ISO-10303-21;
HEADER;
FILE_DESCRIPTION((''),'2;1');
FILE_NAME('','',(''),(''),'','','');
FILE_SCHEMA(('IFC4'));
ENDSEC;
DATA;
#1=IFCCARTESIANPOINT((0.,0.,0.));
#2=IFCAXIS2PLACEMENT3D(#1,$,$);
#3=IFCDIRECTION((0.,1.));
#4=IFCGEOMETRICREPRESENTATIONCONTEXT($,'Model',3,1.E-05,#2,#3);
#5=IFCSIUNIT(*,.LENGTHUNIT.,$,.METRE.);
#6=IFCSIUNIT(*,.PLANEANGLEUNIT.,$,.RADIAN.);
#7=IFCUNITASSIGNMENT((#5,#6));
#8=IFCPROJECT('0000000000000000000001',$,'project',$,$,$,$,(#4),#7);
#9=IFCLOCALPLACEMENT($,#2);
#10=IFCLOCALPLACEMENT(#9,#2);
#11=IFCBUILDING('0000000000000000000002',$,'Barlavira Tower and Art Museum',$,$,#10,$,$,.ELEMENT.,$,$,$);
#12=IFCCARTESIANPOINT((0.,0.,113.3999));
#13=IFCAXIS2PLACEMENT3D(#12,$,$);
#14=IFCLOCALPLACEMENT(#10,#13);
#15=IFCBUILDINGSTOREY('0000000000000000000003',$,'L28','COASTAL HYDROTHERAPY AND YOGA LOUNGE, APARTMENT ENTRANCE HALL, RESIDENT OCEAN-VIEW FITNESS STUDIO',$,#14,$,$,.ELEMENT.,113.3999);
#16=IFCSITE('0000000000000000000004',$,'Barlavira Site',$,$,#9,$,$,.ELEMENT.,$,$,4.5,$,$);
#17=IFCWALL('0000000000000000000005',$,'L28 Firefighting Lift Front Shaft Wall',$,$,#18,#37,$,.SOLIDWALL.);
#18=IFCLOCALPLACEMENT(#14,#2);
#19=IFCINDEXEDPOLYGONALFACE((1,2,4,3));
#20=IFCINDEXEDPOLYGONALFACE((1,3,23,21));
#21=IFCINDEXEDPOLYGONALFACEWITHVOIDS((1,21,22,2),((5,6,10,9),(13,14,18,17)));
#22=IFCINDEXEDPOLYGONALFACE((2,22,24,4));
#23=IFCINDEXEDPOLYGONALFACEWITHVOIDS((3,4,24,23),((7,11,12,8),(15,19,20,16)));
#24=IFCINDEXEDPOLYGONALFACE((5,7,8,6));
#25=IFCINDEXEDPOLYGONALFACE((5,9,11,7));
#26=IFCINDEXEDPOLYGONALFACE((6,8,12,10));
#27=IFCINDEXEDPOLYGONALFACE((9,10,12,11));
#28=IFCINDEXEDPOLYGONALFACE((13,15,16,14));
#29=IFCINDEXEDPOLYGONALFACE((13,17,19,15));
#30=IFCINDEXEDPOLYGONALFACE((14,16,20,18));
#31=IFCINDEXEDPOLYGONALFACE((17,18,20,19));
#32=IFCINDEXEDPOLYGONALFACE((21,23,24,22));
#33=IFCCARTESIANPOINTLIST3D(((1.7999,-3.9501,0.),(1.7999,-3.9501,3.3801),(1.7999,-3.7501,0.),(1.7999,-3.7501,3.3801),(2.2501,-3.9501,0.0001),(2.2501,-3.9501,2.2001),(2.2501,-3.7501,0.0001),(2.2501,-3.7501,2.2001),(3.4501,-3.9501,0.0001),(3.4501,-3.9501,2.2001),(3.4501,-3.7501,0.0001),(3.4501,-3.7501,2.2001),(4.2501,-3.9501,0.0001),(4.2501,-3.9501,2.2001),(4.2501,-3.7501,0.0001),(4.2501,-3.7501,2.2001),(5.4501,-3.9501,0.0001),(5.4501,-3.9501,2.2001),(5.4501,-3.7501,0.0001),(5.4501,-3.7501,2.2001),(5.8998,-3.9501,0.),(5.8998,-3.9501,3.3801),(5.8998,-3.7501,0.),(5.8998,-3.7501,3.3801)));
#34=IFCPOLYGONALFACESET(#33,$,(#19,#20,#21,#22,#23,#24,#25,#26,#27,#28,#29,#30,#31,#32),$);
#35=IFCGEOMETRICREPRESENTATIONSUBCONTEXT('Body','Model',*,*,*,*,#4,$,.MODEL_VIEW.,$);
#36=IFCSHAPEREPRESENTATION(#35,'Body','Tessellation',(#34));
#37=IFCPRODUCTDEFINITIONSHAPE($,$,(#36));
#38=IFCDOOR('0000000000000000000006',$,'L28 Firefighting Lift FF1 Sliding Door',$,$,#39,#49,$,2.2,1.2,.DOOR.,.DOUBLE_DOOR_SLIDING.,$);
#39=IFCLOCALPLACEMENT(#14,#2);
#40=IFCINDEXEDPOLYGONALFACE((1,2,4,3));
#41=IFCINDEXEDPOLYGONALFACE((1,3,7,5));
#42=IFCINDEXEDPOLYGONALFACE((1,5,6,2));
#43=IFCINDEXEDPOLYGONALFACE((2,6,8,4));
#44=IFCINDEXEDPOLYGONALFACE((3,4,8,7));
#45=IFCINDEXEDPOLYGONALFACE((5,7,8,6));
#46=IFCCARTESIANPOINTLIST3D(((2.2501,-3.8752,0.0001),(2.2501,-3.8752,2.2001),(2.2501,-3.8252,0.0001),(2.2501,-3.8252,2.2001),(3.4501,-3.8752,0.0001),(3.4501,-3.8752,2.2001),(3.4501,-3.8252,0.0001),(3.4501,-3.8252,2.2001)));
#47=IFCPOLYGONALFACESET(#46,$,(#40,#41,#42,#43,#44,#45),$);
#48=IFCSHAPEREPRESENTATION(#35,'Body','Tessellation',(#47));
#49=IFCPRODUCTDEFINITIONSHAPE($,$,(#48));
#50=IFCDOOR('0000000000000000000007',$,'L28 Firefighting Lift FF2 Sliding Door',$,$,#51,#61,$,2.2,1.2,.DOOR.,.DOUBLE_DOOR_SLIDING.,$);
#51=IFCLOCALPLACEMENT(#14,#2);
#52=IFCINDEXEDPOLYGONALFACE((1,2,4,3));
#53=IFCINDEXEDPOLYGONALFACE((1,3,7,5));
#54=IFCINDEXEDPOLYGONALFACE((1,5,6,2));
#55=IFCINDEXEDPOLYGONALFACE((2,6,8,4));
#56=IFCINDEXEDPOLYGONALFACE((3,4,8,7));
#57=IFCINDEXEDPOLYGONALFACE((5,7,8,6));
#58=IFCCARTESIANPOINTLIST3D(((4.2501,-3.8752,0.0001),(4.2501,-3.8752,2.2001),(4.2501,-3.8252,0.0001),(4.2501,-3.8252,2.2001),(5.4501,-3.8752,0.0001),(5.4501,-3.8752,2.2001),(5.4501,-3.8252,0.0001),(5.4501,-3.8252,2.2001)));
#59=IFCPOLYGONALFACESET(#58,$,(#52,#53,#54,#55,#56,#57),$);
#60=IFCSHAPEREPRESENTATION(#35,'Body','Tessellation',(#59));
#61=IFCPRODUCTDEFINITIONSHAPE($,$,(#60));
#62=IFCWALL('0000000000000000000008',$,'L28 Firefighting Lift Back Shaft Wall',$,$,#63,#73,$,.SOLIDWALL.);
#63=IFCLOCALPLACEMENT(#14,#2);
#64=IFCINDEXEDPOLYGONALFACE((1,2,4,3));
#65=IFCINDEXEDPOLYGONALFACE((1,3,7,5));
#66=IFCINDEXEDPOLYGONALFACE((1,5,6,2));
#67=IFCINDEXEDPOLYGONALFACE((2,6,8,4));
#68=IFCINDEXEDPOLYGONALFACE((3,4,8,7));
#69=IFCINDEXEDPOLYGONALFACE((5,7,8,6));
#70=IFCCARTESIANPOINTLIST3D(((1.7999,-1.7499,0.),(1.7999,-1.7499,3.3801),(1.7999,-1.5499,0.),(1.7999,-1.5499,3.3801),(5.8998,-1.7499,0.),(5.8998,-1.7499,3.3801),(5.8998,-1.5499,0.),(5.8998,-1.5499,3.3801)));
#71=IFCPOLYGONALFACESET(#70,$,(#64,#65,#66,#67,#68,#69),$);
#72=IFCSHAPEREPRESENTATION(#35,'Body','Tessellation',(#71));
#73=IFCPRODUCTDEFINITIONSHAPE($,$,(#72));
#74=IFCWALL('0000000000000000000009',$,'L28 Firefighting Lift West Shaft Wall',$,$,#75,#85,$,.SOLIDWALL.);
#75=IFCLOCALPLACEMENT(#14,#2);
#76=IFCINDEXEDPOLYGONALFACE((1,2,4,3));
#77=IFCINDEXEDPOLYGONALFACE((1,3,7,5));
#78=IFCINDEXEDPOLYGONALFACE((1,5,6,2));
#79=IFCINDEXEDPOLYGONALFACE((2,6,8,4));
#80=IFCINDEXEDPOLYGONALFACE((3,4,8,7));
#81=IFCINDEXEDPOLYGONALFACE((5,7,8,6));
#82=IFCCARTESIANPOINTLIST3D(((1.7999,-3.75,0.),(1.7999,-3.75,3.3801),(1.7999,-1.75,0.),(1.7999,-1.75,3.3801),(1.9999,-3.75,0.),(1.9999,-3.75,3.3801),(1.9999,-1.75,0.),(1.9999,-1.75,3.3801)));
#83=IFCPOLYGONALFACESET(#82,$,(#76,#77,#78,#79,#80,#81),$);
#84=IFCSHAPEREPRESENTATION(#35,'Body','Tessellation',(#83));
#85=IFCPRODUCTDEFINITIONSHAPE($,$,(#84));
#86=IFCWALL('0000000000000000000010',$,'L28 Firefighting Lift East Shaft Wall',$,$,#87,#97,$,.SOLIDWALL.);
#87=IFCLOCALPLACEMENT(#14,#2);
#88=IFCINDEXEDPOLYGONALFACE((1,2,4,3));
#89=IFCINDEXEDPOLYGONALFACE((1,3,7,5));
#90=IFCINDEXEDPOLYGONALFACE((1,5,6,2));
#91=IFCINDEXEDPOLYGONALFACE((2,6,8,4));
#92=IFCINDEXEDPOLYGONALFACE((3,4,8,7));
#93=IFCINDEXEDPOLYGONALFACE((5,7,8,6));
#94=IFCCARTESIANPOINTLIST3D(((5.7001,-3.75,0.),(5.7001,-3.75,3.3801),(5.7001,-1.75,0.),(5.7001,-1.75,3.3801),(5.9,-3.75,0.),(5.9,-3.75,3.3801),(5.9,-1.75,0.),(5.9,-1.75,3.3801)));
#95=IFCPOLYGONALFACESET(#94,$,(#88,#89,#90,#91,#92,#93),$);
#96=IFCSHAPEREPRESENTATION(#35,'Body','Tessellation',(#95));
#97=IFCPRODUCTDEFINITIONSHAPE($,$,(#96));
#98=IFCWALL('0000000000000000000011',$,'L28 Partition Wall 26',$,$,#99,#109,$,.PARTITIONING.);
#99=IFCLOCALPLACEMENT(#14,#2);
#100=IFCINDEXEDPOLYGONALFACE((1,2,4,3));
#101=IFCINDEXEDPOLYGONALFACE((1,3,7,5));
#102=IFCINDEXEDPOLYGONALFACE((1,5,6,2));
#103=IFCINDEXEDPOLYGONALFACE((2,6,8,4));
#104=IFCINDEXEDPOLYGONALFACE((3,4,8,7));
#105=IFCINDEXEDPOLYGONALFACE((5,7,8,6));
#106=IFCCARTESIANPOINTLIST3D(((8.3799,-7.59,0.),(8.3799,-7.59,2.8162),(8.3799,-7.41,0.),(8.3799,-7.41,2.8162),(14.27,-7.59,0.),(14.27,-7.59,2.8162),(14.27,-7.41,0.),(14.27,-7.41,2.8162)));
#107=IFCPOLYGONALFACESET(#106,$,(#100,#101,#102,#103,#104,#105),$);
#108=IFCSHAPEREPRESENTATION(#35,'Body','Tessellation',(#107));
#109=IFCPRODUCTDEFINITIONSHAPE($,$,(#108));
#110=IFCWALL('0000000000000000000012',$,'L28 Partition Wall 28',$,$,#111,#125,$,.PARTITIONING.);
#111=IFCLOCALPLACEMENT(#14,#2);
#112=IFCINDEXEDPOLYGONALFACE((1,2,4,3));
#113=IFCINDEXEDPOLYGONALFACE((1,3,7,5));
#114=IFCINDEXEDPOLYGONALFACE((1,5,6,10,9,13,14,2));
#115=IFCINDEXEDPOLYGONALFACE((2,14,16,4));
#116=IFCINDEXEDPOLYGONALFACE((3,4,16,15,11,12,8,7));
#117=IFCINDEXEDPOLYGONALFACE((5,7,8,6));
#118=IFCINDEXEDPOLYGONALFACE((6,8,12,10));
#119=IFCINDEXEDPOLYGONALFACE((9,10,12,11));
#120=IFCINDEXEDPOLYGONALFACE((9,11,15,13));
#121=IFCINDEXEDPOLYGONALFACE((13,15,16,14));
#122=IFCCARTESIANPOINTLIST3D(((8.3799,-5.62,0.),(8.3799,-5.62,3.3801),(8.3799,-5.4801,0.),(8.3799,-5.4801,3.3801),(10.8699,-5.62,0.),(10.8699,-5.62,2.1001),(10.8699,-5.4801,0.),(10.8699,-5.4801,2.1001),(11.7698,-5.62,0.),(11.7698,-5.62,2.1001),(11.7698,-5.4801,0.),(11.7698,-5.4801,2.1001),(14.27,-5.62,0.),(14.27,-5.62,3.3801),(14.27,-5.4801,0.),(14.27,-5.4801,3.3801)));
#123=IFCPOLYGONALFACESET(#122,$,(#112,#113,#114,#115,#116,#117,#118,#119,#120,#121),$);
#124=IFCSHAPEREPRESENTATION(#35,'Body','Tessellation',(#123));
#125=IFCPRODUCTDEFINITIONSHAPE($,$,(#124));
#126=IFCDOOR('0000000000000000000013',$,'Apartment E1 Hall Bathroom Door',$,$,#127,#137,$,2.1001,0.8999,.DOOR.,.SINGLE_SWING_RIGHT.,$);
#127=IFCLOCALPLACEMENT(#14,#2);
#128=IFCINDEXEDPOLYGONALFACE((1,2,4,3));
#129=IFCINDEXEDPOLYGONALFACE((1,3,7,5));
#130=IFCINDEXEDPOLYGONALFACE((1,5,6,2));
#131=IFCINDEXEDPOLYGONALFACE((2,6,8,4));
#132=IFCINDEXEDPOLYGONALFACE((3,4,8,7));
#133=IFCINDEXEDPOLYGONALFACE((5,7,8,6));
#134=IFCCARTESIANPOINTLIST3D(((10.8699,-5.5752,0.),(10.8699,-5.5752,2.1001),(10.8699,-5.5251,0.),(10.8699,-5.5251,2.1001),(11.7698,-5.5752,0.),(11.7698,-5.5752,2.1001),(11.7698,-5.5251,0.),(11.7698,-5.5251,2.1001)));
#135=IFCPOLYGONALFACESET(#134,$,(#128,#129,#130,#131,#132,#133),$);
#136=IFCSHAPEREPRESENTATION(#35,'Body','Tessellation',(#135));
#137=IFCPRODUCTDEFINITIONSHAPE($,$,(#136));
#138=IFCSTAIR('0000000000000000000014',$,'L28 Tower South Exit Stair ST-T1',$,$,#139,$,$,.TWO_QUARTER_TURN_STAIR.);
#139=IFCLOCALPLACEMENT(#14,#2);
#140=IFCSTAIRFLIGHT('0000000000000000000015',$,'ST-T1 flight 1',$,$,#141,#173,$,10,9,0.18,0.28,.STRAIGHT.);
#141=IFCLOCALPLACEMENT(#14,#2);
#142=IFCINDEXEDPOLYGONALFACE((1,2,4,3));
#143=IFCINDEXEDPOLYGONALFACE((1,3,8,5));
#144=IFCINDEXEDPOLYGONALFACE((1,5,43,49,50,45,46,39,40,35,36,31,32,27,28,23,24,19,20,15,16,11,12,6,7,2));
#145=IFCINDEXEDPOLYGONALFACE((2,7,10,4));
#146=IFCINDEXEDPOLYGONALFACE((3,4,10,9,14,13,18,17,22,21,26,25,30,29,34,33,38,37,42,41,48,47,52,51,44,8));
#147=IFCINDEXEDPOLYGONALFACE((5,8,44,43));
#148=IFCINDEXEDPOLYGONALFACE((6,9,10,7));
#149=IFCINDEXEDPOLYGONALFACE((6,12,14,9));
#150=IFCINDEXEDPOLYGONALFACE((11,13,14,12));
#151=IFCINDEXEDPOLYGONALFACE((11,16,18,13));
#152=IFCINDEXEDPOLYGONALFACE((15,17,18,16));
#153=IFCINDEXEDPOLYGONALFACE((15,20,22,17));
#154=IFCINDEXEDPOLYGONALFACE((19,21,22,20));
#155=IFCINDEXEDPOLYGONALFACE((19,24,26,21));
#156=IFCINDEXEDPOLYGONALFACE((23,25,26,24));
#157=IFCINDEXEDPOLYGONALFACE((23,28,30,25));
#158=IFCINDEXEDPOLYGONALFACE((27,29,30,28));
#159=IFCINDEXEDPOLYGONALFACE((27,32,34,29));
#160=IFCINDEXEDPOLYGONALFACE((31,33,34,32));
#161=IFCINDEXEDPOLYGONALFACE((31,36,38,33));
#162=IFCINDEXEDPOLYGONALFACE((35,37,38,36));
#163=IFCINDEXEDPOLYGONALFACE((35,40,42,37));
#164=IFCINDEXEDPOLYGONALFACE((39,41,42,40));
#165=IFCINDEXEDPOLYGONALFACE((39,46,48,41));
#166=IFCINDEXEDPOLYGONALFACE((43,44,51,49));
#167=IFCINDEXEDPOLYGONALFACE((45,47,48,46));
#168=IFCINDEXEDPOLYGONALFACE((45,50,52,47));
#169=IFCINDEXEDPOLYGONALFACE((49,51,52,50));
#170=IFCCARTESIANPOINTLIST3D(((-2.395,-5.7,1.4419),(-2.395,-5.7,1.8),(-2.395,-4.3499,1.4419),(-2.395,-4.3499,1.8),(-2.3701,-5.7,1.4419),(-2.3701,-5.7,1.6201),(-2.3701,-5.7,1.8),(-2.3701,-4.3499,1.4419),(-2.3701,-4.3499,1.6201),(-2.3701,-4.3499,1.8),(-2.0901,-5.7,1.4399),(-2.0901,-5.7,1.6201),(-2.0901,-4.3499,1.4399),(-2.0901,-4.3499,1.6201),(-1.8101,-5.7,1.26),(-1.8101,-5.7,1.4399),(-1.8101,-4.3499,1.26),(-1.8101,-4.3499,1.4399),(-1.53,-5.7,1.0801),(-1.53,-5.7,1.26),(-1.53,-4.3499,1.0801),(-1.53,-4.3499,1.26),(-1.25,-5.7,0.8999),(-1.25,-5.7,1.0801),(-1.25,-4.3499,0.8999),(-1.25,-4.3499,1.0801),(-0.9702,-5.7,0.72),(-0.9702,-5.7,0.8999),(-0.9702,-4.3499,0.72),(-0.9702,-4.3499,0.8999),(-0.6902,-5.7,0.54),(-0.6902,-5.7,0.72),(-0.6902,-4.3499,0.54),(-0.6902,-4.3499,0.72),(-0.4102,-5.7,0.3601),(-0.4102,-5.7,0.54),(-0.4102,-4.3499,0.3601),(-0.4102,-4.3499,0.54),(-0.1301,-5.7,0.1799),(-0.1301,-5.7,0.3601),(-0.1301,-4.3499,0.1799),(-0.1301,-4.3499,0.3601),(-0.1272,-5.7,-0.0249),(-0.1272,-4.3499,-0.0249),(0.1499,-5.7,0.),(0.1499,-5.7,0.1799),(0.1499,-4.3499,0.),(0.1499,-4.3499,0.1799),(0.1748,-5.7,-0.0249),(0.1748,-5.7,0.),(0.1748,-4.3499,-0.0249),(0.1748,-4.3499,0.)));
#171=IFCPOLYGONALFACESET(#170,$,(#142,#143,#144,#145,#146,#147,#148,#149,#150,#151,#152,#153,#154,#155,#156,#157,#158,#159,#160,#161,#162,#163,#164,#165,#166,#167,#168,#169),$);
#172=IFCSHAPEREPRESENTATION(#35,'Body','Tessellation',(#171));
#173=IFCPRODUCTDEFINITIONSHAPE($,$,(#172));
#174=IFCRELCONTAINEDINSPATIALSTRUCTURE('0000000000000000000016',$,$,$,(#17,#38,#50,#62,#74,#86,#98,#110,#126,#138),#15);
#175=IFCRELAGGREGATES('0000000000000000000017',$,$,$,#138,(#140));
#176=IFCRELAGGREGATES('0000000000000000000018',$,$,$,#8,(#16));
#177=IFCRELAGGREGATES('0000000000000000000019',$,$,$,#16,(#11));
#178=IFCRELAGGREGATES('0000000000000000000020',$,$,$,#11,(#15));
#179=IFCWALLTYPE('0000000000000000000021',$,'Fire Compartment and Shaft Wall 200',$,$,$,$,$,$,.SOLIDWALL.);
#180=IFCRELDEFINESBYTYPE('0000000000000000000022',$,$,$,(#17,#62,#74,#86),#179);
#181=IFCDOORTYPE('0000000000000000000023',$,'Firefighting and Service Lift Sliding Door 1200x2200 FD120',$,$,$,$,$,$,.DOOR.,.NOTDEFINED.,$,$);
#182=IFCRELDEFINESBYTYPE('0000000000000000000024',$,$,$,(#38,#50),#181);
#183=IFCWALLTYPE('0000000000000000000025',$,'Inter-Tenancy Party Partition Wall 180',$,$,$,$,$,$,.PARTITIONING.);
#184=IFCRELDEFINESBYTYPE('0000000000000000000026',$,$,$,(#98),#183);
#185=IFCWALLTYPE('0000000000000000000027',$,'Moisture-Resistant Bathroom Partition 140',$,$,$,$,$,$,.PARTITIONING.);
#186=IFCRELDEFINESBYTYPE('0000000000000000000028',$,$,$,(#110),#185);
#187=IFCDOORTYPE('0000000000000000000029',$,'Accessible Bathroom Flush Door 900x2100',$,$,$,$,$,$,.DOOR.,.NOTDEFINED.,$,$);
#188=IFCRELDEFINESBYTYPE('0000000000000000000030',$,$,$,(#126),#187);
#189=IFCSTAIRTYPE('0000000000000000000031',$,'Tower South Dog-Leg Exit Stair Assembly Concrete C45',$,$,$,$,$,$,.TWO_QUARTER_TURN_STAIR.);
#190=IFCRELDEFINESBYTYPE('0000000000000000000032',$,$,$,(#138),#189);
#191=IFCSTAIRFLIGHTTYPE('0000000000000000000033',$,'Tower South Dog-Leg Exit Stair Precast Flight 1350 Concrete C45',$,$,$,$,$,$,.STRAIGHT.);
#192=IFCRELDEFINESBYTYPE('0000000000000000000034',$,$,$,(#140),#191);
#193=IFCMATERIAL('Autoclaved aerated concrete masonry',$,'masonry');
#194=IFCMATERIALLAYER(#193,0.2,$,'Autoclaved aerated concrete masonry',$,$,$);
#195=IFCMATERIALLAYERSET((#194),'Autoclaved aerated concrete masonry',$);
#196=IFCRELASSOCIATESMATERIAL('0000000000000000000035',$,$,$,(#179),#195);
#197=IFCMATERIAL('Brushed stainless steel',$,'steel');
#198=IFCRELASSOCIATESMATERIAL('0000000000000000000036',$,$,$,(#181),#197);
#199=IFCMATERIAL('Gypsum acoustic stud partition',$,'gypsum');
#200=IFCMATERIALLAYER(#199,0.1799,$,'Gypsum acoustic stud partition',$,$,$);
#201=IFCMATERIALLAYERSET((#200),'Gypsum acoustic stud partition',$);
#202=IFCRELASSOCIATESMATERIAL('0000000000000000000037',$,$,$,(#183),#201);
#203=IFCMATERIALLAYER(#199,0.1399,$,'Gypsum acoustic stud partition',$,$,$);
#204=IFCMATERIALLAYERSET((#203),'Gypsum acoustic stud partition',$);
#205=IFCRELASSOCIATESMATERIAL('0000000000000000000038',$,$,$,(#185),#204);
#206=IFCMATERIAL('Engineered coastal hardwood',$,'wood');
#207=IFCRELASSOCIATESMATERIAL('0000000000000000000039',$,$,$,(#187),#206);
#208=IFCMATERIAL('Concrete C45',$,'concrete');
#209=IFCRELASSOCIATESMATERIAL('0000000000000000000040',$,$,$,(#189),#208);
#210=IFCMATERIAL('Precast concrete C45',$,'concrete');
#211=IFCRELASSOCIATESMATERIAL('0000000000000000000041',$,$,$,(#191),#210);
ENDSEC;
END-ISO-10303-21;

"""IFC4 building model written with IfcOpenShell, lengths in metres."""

from ifc_helpers import new_model, si_unit, direction, frame, frame_2d, origin, place, context, subcontext, project, spatial, polyline, rectangle, outline, extrude, material, layer, layer_set, type_object, element, fill, aggregate, save


model = new_model("IFC4")

# Units and contexts
model_context = context("Model", 3, precision=1e-05, world=origin(), true_north=direction((0.0, 1.0)))
body_context = subcontext(model_context, "Body", "Model", "MODEL_VIEW")
ifc_project = project(units=[si_unit("LENGTHUNIT", "METRE"), si_unit("PLANEANGLEUNIT", "RADIAN")], contexts=[model_context])

# Site, building, storey
site_placement = place(None, origin())
site = spatial("IfcSite", under=ifc_project, at=site_placement, Name="Barlavira Site", CompositionType="ELEMENT", RefElevation=4.5)
building_placement = place(site_placement, origin())
building = spatial("IfcBuilding", under=site, at=building_placement, Name="Barlavira Tower and Art Museum", CompositionType="ELEMENT")
storey_placement = place(building_placement, frame((0.0, 0.0, 113.3999)))
storey = spatial("IfcBuildingStorey", under=building, at=storey_placement, Name="L28", Description="COASTAL HYDROTHERAPY AND YOGA LOUNGE, APARTMENT ENTRANCE HALL, RESIDENT OCEAN-VIEW FITNESS STUDIO", CompositionType="ELEMENT", Elevation=113.3999)

# Shared definitions
ifc_material_1 = material(Name="Gypsum acoustic stud partition", Category="gypsum")
ifc_material_2 = material(Name="Engineered coastal hardwood", Category="wood")
ifc_material_3 = material(Name="Brushed stainless steel", Category="steel")

# Shared definitions
ifc_material_4 = material(Name="Autoclaved aerated concrete masonry", Category="masonry")
ifc_layer_1 = layer(ifc_material_4, 0.2, Name="Autoclaved aerated concrete masonry")
ifc_layer_set_1 = layer_set([ifc_layer_1], Name="Autoclaved aerated concrete masonry")
wall_type_1 = type_object("IfcWallType", Name="Fire Compartment and Shaft Wall 200", PredefinedType="SOLIDWALL", material=ifc_layer_set_1)

# Wall, openings, doors
wall_1_placement = place(storey_placement, frame((1.8, -3.8501, 0.0), z_axis=(0.0, 0.0, 1.0), x_axis=(1.0, 0.0, 0.0)))
wall_1 = element("IfcWall", 1, at=wall_1_placement, inside=storey, type_object=wall_type_1, Name="L28 Firefighting Lift Front Shaft Wall", PredefinedType="SOLIDWALL", context=body_context, shape_type="SweptSolid", body=[
    extrude(rectangle(XDim=4.0999, YDim=0.2, at=frame_2d((2.0498, 0.0))), origin(), (0.0, 0.0, 1.0), 3.3801),
])
opening_1_placement = place(wall_1_placement, frame((0.45, 0.0, 0.0)))
opening_1 = element("IfcOpeningElement", 2, at=opening_1_placement, cuts=wall_1, PredefinedType="OPENING", context=body_context, shape_type="SweptSolid", body=[
    extrude(rectangle(XDim=1.2, YDim=2.2, at=frame_2d((0.6001, 1.1001))), frame((0.0, 0.1099, 0.0), z_axis=(0.0, -1.0, 0.0), x_axis=(1.0, 0.0, 0.0)), (0.0, 0.0, 1.0), 0.22),
])
opening_2_placement = place(wall_1_placement, frame((2.45, 0.0, 0.0)))
opening_2 = element("IfcOpeningElement", 3, at=opening_2_placement, cuts=wall_1, PredefinedType="OPENING", context=body_context, shape_type="SweptSolid", body=[
    extrude(rectangle(XDim=1.2, YDim=2.2, at=frame_2d((0.6001, 1.1001))), frame((0.0, 0.1099, 0.0), z_axis=(0.0, -1.0, 0.0), x_axis=(1.0, 0.0, 0.0)), (0.0, 0.0, 1.0), 0.22),
])
door_type_1 = type_object("IfcDoorType", Name="Firefighting and Service Lift Sliding Door 1200x2200 FD120", OperationType="NOTDEFINED", PredefinedType="DOOR", material=ifc_material_3)
door_1_placement = place(opening_1_placement, origin())
door_1 = element("IfcDoor", 4, at=door_1_placement, inside=storey, type_object=door_type_1, Name="L28 Firefighting Lift FF1 Sliding Door", OperationType="DOUBLE_DOOR_SLIDING", OverallHeight=2.2, OverallWidth=1.2, PredefinedType="DOOR", context=body_context, shape_type="SweptSolid", body=[
    extrude(rectangle(XDim=1.2, YDim=2.2, at=frame_2d((0.6001, 1.1001))), frame((0.0, 0.0249, 0.0), z_axis=(0.0, -1.0, 0.0), x_axis=(1.0, 0.0, 0.0)), (0.0, 0.0, 1.0), 0.05),
])
fill(opening_1, door_1)
door_2_placement = place(opening_2_placement, origin())
door_2 = element("IfcDoor", 5, at=door_2_placement, inside=storey, type_object=door_type_1, Name="L28 Firefighting Lift FF2 Sliding Door", OperationType="DOUBLE_DOOR_SLIDING", OverallHeight=2.2, OverallWidth=1.2, PredefinedType="DOOR", context=body_context, shape_type="SweptSolid", body=[
    extrude(rectangle(XDim=1.2, YDim=2.2, at=frame_2d((0.6001, 1.1001))), frame((0.0, 0.0249, 0.0), z_axis=(0.0, -1.0, 0.0), x_axis=(1.0, 0.0, 0.0)), (0.0, 0.0, 1.0), 0.05),
])
fill(opening_2, door_2)

# Walls
wall_2_placement = place(storey_placement, frame((1.8, -1.6499, 0.0), z_axis=(0.0, 0.0, 1.0), x_axis=(1.0, 0.0, 0.0)))
element("IfcWall", 6, at=wall_2_placement, inside=storey, type_object=wall_type_1, Name="L28 Firefighting Lift Back Shaft Wall", PredefinedType="SOLIDWALL", context=body_context, shape_type="SweptSolid", body=[
    extrude(rectangle(XDim=4.0999, YDim=0.2, at=frame_2d((2.0498, 0.0))), origin(), (0.0, 0.0, 1.0), 3.3801),
])
for number, where, z_axis, x_axis, name in (
    (7, (1.8999, -3.75, 0.0), (0.0, 0.0, 1.0), (0.0, 1.0, 0.0), "L28 Firefighting Lift West Shaft Wall"),
    (8, (5.8, -3.75, 0.0), (0.0, 0.0, 1.0), (0.0, 1.0, 0.0), "L28 Firefighting Lift East Shaft Wall"),
):
    element("IfcWall", number, at=place(storey_placement, frame(where, z_axis=z_axis, x_axis=x_axis)), inside=storey, type_object=wall_type_1, Name=name, PredefinedType="SOLIDWALL", context=body_context, shape_type="SweptSolid", body=[
        extrude(rectangle(XDim=2.0, YDim=0.2, at=frame_2d((1.0, 0.0))), origin(), (0.0, 0.0, 1.0), 3.3801),
    ])
ifc_layer_2 = layer(ifc_material_1, 0.1799, Name="Gypsum acoustic stud partition")
ifc_layer_set_2 = layer_set([ifc_layer_2], Name="Gypsum acoustic stud partition")
wall_type_2 = type_object("IfcWallType", Name="Inter-Tenancy Party Partition Wall 180", PredefinedType="PARTITIONING", material=ifc_layer_set_2)
wall_3_placement = place(storey_placement, frame((8.3799, -7.5, 0.0), z_axis=(0.0, 0.0, 1.0), x_axis=(1.0, 0.0, 0.0)))
element("IfcWall", 9, at=wall_3_placement, inside=storey, type_object=wall_type_2, Name="L28 Partition Wall 26", PredefinedType="PARTITIONING", context=body_context, shape_type="SweptSolid", body=[
    extrude(rectangle(XDim=5.8901, YDim=0.1799, at=frame_2d((2.9451, 0.0))), origin(), (0.0, 0.0, 1.0), 2.8162),
])

# Wall, opening, door
ifc_layer_3 = layer(ifc_material_1, 0.1399, Name="Gypsum acoustic stud partition")
ifc_layer_set_3 = layer_set([ifc_layer_3], Name="Gypsum acoustic stud partition")
wall_type_3 = type_object("IfcWallType", Name="Moisture-Resistant Bathroom Partition 140", PredefinedType="PARTITIONING", material=ifc_layer_set_3)
wall_4_placement = place(storey_placement, frame((8.3799, -5.55, 0.0), z_axis=(0.0, 0.0, 1.0), x_axis=(1.0, 0.0, 0.0)))
wall_4 = element("IfcWall", 10, at=wall_4_placement, inside=storey, type_object=wall_type_3, Name="L28 Partition Wall 28", PredefinedType="PARTITIONING", context=body_context, shape_type="SweptSolid", body=[
    extrude(rectangle(XDim=5.8901, YDim=0.1399, at=frame_2d((2.9451, 0.0))), origin(), (0.0, 0.0, 1.0), 3.3801),
])
opening_3_placement = place(wall_4_placement, frame((2.49, 0.0, 0.0)))
opening_3 = element("IfcOpeningElement", 11, at=opening_3_placement, cuts=wall_4, PredefinedType="OPENING", context=body_context, shape_type="SweptSolid", body=[
    extrude(rectangle(XDim=0.8999, YDim=2.1001, at=frame_2d((0.45, 1.05))), frame((0.0, 0.0801, 0.0), z_axis=(0.0, -1.0, 0.0), x_axis=(1.0, 0.0, 0.0)), (0.0, 0.0, 1.0), 0.1599),
])
door_type_2 = type_object("IfcDoorType", Name="Accessible Bathroom Flush Door 900x2100", OperationType="NOTDEFINED", PredefinedType="DOOR", material=ifc_material_2)
door_3_placement = place(opening_3_placement, origin())
door_3 = element("IfcDoor", 12, at=door_3_placement, inside=storey, type_object=door_type_2, Name="Apartment E1 Hall Bathroom Door", OperationType="SINGLE_SWING_RIGHT", OverallHeight=2.1001, OverallWidth=0.8999, PredefinedType="DOOR", context=body_context, shape_type="SweptSolid", body=[
    extrude(rectangle(XDim=0.8999, YDim=2.1001, at=frame_2d((0.45, 1.05))), frame((0.0, 0.0249, 0.0), z_axis=(0.0, -1.0, 0.0), x_axis=(1.0, 0.0, 0.0)), (0.0, 0.0, 1.0), 0.05),
])
fill(opening_3, door_3)

# Stair, stair flight
ifc_material_5 = material(Name="Concrete C45", Category="concrete")
stair_type = type_object("IfcStairType", Name="Tower South Dog-Leg Exit Stair Assembly Concrete C45", PredefinedType="TWO_QUARTER_TURN_STAIR", material=ifc_material_5)
stair_placement = place(storey_placement, origin())
stair = element("IfcStair", 13, at=stair_placement, inside=storey, type_object=stair_type, Name="L28 Tower South Exit Stair ST-T1", PredefinedType="TWO_QUARTER_TURN_STAIR")
ifc_material_6 = material(Name="Precast concrete C45", Category="concrete")
stair_flight_type = type_object("IfcStairFlightType", Name="Tower South Dog-Leg Exit Stair Precast Flight 1350 Concrete C45", PredefinedType="STRAIGHT", material=ifc_material_6)
stair_flight_placement = place(storey_placement, frame((0.1499, -5.0249, 0.0), z_axis=(0.0, 0.0, 1.0), x_axis=(-1.0, 0.0, 0.0)))
stair_flight = element("IfcStairFlight", 14, at=stair_flight_placement, type_object=stair_flight_type, Name="ST-T1 flight 1", NumberOfRisers=10, NumberOfTreads=9, PredefinedType="STRAIGHT", RiserHeight=0.18, TreadLength=0.28, context=body_context, shape_type="SweptSolid", body=[
    extrude(outline(polyline([(-0.0249, 0.0), (0.0, 0.0), (0.0, 0.1799), (0.28, 0.1799), (0.28, 0.3601), (0.5601, 0.3601), (0.5601, 0.54), (0.8401, 0.54), (0.8401, 0.72), (1.1201, 0.72), (1.1201, 0.8999), (1.3999, 0.8999), (1.3999, 1.0801), (1.6799, 1.0801), (1.6799, 1.26), (1.96, 1.26), (1.96, 1.4399), (2.24, 1.4399), (2.24, 1.6201), (2.52, 1.6201), (2.52, 1.8), (2.5449, 1.8), (2.5449, 1.4419), (2.52, 1.4419), (0.2771, -0.0249), (-0.0249, -0.0249), (-0.0249, 0.0)])), frame((0.0, 0.675, 0.0), z_axis=(0.0, -1.0, 0.0), x_axis=(1.0, 0.0, 0.0)), (0.0, 0.0, 1.0), 1.3501),
])
aggregate(stair, [stair_flight])

save(model, "model.ifc")
